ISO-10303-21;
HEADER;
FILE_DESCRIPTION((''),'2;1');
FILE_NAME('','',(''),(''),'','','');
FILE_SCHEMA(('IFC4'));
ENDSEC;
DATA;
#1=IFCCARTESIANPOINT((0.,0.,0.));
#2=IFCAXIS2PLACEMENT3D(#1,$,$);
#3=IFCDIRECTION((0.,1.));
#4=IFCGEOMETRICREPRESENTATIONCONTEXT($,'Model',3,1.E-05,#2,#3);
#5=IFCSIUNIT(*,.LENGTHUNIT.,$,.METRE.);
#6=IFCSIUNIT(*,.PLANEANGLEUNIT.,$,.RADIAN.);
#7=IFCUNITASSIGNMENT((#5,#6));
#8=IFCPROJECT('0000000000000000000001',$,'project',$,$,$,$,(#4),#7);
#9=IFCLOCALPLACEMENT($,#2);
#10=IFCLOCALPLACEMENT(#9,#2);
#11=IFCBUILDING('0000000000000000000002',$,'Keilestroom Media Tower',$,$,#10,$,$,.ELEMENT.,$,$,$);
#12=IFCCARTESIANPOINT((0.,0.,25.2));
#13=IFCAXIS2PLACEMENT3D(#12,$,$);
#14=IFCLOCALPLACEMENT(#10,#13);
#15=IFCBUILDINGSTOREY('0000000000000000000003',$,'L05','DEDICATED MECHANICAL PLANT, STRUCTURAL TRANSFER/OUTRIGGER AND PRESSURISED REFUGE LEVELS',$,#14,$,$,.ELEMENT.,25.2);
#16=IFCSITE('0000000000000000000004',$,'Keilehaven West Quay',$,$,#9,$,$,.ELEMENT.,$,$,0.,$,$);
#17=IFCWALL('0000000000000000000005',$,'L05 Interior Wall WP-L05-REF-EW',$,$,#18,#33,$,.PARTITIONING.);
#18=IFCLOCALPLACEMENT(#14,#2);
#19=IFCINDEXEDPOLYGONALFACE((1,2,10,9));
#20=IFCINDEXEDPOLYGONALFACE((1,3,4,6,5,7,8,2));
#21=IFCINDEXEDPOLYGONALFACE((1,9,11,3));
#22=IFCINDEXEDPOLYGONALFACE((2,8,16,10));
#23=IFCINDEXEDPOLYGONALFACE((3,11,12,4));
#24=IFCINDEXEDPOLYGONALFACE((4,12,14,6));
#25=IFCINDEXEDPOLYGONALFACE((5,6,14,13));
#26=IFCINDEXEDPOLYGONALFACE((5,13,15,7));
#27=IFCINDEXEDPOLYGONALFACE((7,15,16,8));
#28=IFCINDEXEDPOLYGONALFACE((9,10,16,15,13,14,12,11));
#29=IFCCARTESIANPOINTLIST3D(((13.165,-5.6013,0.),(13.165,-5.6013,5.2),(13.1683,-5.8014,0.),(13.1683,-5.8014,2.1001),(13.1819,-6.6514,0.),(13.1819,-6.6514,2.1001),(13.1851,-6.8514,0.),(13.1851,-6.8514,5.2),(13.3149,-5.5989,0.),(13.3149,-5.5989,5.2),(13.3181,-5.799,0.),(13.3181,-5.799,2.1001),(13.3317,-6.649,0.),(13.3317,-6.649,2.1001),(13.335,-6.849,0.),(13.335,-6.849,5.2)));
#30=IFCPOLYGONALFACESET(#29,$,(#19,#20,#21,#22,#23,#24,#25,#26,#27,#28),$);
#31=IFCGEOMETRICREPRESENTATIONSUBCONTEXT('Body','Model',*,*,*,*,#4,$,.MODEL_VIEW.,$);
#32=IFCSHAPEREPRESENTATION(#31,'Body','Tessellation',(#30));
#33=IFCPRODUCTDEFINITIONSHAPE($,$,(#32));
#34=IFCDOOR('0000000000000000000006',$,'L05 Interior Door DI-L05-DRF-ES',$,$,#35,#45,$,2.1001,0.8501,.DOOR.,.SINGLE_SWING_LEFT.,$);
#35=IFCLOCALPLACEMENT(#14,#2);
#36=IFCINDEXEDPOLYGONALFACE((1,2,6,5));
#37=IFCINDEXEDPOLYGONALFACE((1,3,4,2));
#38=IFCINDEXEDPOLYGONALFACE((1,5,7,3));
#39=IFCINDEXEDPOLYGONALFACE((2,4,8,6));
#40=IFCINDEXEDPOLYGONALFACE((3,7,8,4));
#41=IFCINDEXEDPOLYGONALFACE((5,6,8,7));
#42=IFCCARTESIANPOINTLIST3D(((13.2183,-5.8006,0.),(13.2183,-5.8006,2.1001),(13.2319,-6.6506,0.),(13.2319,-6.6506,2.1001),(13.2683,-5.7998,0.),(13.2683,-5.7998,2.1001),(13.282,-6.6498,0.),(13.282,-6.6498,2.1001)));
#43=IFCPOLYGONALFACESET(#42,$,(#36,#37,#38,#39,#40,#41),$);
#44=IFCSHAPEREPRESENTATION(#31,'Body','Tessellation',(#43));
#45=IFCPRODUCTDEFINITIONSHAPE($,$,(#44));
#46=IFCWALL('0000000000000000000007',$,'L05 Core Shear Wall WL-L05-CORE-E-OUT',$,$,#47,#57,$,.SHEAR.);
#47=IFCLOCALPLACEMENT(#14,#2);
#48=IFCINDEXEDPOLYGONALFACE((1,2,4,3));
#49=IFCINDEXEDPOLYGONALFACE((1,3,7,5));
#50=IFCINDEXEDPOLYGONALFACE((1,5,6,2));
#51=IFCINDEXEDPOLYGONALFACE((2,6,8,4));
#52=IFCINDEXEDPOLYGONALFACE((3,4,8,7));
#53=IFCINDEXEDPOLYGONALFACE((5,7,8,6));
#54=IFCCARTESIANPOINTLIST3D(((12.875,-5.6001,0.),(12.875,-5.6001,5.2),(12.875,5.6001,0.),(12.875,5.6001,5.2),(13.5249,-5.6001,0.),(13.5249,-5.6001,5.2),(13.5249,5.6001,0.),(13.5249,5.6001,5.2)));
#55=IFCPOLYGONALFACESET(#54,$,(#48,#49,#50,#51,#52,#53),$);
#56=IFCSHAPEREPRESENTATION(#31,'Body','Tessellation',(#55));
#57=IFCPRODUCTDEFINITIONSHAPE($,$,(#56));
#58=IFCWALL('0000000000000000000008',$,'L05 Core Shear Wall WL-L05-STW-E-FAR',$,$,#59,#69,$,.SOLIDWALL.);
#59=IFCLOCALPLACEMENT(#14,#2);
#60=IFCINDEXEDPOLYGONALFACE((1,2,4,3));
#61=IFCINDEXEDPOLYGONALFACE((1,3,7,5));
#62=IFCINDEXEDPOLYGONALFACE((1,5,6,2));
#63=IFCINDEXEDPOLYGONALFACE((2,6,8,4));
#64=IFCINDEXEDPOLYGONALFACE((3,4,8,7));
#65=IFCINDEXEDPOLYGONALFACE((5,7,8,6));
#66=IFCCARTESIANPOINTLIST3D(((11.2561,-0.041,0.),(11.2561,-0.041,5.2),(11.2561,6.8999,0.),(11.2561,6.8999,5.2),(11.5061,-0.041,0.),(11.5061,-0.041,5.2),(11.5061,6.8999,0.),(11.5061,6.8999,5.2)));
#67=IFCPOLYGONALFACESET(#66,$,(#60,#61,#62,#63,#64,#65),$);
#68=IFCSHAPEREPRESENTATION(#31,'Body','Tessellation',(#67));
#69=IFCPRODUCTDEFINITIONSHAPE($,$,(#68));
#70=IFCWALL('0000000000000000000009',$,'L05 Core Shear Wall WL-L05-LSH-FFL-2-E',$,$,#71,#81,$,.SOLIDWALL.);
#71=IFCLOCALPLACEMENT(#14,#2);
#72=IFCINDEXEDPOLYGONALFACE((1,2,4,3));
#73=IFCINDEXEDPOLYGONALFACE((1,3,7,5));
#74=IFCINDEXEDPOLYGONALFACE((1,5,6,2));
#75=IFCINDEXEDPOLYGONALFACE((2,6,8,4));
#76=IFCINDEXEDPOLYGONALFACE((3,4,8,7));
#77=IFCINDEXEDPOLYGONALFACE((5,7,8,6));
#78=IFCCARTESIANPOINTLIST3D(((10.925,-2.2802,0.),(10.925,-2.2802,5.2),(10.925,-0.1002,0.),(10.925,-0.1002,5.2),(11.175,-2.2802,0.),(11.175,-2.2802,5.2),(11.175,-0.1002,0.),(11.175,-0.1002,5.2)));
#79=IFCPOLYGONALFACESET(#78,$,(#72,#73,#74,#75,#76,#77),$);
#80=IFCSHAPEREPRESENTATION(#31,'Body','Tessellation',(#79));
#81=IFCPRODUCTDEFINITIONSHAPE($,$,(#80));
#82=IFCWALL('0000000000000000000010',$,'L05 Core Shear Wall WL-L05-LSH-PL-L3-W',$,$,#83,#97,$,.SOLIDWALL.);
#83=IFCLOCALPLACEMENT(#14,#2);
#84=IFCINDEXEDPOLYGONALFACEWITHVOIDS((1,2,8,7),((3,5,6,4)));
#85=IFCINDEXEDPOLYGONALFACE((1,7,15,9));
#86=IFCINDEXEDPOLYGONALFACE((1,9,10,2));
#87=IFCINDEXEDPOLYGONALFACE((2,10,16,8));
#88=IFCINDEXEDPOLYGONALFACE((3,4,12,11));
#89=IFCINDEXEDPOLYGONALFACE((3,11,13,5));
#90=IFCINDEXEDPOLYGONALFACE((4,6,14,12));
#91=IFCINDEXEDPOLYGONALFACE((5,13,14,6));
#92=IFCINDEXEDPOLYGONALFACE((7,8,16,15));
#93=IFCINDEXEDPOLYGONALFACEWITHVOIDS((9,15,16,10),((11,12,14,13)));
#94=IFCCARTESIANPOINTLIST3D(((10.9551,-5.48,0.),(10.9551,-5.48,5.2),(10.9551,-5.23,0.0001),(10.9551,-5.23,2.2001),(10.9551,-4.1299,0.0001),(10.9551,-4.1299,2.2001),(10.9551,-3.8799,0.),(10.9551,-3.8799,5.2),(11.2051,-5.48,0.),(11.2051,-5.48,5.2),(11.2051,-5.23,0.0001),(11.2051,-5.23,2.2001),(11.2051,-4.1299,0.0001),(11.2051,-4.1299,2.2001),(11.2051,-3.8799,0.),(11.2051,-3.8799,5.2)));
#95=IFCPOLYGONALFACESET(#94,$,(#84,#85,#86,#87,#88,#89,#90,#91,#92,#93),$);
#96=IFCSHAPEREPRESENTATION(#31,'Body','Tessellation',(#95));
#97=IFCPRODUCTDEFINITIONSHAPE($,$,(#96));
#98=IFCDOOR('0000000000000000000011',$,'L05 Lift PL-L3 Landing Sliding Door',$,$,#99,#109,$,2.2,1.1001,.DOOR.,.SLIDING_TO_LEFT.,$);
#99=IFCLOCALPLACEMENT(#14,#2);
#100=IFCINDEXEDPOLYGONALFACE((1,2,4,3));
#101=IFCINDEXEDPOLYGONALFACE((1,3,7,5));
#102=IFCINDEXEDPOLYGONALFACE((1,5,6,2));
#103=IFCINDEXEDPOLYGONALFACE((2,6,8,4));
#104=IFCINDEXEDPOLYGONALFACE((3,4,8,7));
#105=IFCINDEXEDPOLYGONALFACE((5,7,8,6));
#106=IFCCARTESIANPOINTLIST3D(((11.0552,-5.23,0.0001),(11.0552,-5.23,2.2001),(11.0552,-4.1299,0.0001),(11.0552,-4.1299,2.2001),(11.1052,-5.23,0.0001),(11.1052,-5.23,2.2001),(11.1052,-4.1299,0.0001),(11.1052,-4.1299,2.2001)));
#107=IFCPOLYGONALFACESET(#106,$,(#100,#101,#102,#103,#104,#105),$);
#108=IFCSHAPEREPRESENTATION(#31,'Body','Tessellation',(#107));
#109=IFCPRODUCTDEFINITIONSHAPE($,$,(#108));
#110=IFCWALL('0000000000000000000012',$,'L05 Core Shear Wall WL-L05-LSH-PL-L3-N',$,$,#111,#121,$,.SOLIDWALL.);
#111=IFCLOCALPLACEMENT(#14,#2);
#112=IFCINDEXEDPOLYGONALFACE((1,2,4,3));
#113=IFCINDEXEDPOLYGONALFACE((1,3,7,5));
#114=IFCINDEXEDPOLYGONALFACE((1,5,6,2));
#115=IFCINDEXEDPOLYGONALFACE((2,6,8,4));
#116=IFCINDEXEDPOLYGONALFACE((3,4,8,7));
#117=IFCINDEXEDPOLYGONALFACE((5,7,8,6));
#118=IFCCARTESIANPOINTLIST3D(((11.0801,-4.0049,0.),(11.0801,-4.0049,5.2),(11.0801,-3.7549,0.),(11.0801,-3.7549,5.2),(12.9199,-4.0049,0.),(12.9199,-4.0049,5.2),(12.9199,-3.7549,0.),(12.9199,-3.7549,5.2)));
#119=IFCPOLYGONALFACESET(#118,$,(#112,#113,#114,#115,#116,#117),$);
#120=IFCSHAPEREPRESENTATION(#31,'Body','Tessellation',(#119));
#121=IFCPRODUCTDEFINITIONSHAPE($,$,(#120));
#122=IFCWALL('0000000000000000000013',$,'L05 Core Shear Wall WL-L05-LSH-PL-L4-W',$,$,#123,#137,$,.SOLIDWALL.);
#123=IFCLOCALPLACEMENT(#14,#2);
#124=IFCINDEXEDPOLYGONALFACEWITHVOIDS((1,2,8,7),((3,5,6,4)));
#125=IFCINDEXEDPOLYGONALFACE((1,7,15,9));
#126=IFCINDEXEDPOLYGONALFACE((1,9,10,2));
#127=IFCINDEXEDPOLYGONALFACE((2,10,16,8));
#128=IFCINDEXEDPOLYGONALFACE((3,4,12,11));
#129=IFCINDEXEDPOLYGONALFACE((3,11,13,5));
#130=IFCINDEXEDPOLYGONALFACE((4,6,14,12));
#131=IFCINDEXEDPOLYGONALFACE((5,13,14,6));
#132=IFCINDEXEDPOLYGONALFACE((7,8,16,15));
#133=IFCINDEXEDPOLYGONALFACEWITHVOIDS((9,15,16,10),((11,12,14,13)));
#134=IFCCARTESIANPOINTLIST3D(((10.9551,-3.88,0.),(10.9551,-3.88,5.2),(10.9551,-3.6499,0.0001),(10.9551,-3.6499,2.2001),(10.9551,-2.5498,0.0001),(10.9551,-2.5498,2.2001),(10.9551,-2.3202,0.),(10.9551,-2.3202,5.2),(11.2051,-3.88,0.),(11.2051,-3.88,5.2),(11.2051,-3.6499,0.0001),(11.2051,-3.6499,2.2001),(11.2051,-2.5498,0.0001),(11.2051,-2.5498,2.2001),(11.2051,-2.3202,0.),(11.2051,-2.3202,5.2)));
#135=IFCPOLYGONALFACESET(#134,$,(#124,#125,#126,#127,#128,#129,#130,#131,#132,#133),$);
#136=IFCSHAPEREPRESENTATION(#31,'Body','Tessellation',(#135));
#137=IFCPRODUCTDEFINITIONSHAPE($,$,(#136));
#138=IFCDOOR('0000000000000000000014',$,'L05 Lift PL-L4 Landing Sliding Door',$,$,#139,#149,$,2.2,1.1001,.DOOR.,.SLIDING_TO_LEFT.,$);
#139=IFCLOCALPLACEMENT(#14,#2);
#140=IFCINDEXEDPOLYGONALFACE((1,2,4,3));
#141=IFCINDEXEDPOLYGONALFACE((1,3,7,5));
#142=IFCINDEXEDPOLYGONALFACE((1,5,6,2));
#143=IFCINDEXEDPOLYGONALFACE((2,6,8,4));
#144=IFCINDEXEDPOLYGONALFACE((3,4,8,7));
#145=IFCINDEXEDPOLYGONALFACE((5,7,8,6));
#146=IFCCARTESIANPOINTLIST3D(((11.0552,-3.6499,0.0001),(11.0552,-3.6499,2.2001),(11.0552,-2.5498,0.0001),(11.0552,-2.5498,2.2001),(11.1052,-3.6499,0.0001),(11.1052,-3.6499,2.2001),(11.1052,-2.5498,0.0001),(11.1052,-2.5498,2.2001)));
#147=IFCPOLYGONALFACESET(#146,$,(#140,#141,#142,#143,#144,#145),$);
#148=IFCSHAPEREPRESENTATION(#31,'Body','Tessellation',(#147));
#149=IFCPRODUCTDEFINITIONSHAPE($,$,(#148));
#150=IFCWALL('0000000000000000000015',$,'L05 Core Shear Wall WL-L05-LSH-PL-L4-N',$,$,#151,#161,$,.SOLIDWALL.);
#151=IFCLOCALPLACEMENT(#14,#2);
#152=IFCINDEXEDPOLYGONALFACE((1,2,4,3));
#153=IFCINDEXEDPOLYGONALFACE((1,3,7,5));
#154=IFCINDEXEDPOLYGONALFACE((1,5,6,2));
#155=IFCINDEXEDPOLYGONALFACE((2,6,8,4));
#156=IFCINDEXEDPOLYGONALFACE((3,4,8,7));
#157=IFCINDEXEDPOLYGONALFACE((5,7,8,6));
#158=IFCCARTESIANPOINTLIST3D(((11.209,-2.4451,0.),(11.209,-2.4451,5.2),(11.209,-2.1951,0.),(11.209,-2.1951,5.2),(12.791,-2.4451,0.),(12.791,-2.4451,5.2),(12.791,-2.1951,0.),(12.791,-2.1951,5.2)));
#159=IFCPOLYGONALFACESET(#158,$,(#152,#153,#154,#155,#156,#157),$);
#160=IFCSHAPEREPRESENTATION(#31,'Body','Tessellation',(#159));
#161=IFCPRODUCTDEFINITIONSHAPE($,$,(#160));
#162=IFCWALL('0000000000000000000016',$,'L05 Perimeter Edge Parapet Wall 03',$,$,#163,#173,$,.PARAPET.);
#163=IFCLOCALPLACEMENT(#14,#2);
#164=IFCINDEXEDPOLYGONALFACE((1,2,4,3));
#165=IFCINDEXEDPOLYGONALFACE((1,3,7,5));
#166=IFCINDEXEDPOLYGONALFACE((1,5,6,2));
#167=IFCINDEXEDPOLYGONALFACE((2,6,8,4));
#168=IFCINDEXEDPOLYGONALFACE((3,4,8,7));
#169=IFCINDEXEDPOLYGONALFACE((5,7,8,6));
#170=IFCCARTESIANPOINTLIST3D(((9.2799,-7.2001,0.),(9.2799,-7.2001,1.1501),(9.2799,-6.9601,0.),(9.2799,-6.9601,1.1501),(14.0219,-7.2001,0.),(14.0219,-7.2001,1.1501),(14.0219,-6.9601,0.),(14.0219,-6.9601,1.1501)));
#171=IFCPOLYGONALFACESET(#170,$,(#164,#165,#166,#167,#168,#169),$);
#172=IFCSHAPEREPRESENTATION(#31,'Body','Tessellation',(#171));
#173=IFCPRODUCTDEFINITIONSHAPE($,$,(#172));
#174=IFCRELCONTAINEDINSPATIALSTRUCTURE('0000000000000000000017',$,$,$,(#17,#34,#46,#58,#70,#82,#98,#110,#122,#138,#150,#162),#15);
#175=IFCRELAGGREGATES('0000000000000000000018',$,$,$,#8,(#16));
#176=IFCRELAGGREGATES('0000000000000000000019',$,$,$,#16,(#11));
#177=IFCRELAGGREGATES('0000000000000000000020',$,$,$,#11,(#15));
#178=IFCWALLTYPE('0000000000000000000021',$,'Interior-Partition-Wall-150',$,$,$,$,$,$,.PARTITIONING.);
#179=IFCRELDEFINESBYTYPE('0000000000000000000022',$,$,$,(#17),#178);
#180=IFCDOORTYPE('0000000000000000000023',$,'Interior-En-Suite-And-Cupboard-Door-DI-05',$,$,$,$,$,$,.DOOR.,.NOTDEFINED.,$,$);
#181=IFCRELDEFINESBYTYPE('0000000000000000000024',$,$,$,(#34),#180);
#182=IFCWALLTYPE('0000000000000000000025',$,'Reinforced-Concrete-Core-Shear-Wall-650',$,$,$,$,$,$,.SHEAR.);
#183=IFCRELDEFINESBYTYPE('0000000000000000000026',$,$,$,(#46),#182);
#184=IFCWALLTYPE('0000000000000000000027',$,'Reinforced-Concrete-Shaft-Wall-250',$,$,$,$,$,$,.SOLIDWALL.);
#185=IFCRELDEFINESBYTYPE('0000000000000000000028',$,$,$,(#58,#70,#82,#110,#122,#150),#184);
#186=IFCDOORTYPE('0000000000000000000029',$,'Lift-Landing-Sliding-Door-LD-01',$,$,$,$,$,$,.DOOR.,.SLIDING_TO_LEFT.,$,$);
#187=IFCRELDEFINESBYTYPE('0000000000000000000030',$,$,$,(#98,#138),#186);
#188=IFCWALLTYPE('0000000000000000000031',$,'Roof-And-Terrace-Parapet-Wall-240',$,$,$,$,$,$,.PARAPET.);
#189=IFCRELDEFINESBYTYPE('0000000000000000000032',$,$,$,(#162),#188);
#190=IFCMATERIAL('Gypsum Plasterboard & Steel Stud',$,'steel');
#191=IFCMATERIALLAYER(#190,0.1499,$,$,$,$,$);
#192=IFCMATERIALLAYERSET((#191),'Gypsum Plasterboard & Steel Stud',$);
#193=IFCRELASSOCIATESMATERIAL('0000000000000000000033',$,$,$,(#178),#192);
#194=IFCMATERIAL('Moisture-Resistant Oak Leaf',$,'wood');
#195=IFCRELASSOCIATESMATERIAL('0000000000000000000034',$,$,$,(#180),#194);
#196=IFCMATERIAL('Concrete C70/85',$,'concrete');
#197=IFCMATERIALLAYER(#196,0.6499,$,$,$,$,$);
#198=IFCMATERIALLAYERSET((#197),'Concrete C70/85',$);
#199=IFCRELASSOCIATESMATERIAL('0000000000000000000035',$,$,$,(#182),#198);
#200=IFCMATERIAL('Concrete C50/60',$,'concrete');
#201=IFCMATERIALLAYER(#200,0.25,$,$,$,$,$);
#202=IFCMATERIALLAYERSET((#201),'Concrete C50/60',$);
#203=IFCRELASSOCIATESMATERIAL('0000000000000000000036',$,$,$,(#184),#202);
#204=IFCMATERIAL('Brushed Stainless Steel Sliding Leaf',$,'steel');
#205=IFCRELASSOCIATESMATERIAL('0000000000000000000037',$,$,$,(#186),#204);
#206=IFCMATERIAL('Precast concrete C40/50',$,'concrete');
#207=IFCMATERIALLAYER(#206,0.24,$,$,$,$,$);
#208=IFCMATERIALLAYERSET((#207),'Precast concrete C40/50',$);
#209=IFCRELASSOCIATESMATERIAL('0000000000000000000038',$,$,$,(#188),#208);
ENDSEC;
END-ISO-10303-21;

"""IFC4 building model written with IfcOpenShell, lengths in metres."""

from ifc_helpers import new_model, si_unit, direction, frame, frame_2d, origin, place, context, subcontext, project, spatial, rectangle, extrude, source, transform, mapped, material, layer, layer_set, type_object, element, fill, save


model = new_model("IFC4")

# Units and contexts
model_context = context("Model", 3, precision=1e-05, world=origin(), true_north=direction((0.0, 1.0)))
body_context = subcontext(model_context, "Body", "Model", "MODEL_VIEW")
ifc_project = project(units=[si_unit("LENGTHUNIT", "METRE"), si_unit("PLANEANGLEUNIT", "RADIAN")], contexts=[model_context])

# Site, building, storey
site_placement = place(None, origin())
site = spatial("IfcSite", under=ifc_project, at=site_placement, Name="Keilehaven West Quay", CompositionType="ELEMENT", RefElevation=0.0)
building_placement = place(site_placement, origin())
building = spatial("IfcBuilding", under=site, at=building_placement, Name="Keilestroom Media Tower", CompositionType="ELEMENT")
storey_placement = place(building_placement, frame((0.0, 0.0, 25.2)))
storey = spatial("IfcBuildingStorey", under=building, at=storey_placement, Name="L05", Description="DEDICATED MECHANICAL PLANT, STRUCTURAL TRANSFER/OUTRIGGER AND PRESSURISED REFUGE LEVELS", CompositionType="ELEMENT", Elevation=25.2)

# Shared definitions
ifc_material_1 = material(Name="Precast concrete C40/50", Category="concrete")
ifc_material_2 = material(Name="Concrete C70/85", Category="concrete")

# Wall, opening, door
ifc_material_3 = material(Name="Gypsum Plasterboard & Steel Stud", Category="steel")
ifc_layer_1 = layer(ifc_material_3, 0.1499)
ifc_layer_set_1 = layer_set([ifc_layer_1], Name="Gypsum Plasterboard & Steel Stud")
wall_type_1 = type_object("IfcWallType", Name="Interior-Partition-Wall-150", PredefinedType="PARTITIONING", material=ifc_layer_set_1)
wall_1_placement = place(storey_placement, frame((13.26, -6.8501, 0.0), z_axis=(0.0, 0.0, 1.0), x_axis=(-0.016014, 0.999872, 0.0)))
wall_1 = element("IfcWall", 1, at=wall_1_placement, inside=storey, type_object=wall_type_1, Name="L05 Interior Wall WP-L05-REF-EW", PredefinedType="PARTITIONING", context=body_context, shape_type="SweptSolid", body=[
    extrude(rectangle(XDim=1.2502, YDim=0.1499, at=frame_2d((0.625, 0.0))), origin(), (0.0, 0.0, 1.0), 5.2),
])
opening_1_placement = place(wall_1_placement, frame((0.2, 0.0, 0.0)))
opening_1 = element("IfcOpeningElement", 2, at=opening_1_placement, cuts=wall_1, PredefinedType="OPENING", context=body_context, shape_type="SweptSolid", body=[
    extrude(rectangle(XDim=0.8501, YDim=2.1001, at=frame_2d((0.425, 1.05))), frame((0.0, 0.085, 0.0), z_axis=(0.0, -1.0, 0.0), x_axis=(1.0, 0.0, 0.0)), (0.0, 0.0, 1.0), 0.1699),
])
ifc_material_4 = material(Name="Moisture-Resistant Oak Leaf", Category="wood")
door_type_1 = type_object("IfcDoorType", Name="Interior-En-Suite-And-Cupboard-Door-DI-05", OperationType="NOTDEFINED", PredefinedType="DOOR", material=ifc_material_4)
shared_shape_1 = source(origin(), body_context, "Body", "SweptSolid", [
    extrude(rectangle(XDim=0.8501, YDim=2.1001, at=frame_2d((0.425, 1.05))), frame((0.0, 0.0249, 0.0), z_axis=(0.0, -1.0, 0.0), x_axis=(1.0, 0.0, 0.0)), (0.0, 0.0, 1.0), 0.05),
])
door_1_placement = place(opening_1_placement, origin())
door_1 = element("IfcDoor", 3, at=door_1_placement, inside=storey, type_object=door_type_1, Name="L05 Interior Door DI-L05-DRF-ES", OperationType="SINGLE_SWING_LEFT", OverallHeight=2.1001, OverallWidth=0.8501, PredefinedType="DOOR", context=body_context, shape_type="MappedRepresentation", body=[
    mapped(shared_shape_1, transform((0.0, 0.0, 0.0), x_axis=(1.0, 0.0, 0.0), y_axis=(0.0, 1.0, 0.0), z_axis=(0.0, 0.0, 1.0), scale=1.0)),
])
fill(opening_1, door_1)

# Walls
ifc_layer_2 = layer(ifc_material_2, 0.6499)
ifc_layer_set_2 = layer_set([ifc_layer_2], Name="Concrete C70/85")
wall_type_2 = type_object("IfcWallType", Name="Reinforced-Concrete-Core-Shear-Wall-650", PredefinedType="SHEAR", material=ifc_layer_set_2)
wall_2_placement = place(storey_placement, frame((13.2, -5.6001, 0.0), z_axis=(0.0, 0.0, 1.0), x_axis=(0.0, 1.0, 0.0)))
element("IfcWall", 4, at=wall_2_placement, inside=storey, type_object=wall_type_2, Name="L05 Core Shear Wall WL-L05-CORE-E-OUT", PredefinedType="SHEAR", context=body_context, shape_type="SweptSolid", body=[
    extrude(rectangle(XDim=11.2002, YDim=0.6499, at=frame_2d((5.6001, 0.0))), origin(), (0.0, 0.0, 1.0), 5.2),
])
ifc_material_5 = material(Name="Concrete C50/60", Category="concrete")
ifc_layer_3 = layer(ifc_material_5, 0.25)
ifc_layer_set_3 = layer_set([ifc_layer_3], Name="Concrete C50/60")
wall_type_3 = type_object("IfcWallType", Name="Reinforced-Concrete-Shaft-Wall-250", PredefinedType="SOLIDWALL", material=ifc_layer_set_3)
wall_3_placement = place(storey_placement, frame((11.3811, -0.041, 0.0), z_axis=(0.0, 0.0, 1.0), x_axis=(0.0, 1.0, 0.0)))
element("IfcWall", 5, at=wall_3_placement, inside=storey, type_object=wall_type_3, Name="L05 Core Shear Wall WL-L05-STW-E-FAR", PredefinedType="SOLIDWALL", context=body_context, shape_type="SweptSolid", body=[
    extrude(rectangle(XDim=6.9409, YDim=0.25, at=frame_2d((3.4705, 0.0))), origin(), (0.0, 0.0, 1.0), 5.2),
])
wall_4_placement = place(storey_placement, frame((11.05, -2.28, 0.0), z_axis=(0.0, 0.0, 1.0), x_axis=(0.0, 1.0, 0.0)))
element("IfcWall", 6, at=wall_4_placement, inside=storey, type_object=wall_type_3, Name="L05 Core Shear Wall WL-L05-LSH-FFL-2-E", PredefinedType="SOLIDWALL", context=body_context, shape_type="SweptSolid", body=[
    extrude(rectangle(XDim=2.1799, YDim=0.25, at=frame_2d((1.0898, 0.0))), origin(), (0.0, 0.0, 1.0), 5.2),
])

# Wall, opening, door
wall_5_placement = place(storey_placement, frame((11.0801, -5.48, 0.0), z_axis=(0.0, 0.0, 1.0), x_axis=(0.0, 1.0, 0.0)))
wall_5 = element("IfcWall", 7, at=wall_5_placement, inside=storey, type_object=wall_type_3, Name="L05 Core Shear Wall WL-L05-LSH-PL-L3-W", PredefinedType="SOLIDWALL", context=body_context, shape_type="SweptSolid", body=[
    extrude(rectangle(XDim=1.6001, YDim=0.25, at=frame_2d((0.8, 0.0))), origin(), (0.0, 0.0, 1.0), 5.2),
])
opening_2_placement = place(wall_5_placement, frame((0.25, 0.0, 0.0)))
opening_2 = element("IfcOpeningElement", 8, at=opening_2_placement, cuts=wall_5, PredefinedType="OPENING", context=body_context, shape_type="SweptSolid", body=[
    extrude(rectangle(XDim=1.1001, YDim=2.2, at=frame_2d((0.55, 1.1001))), frame((0.0, 0.135, 0.0), z_axis=(0.0, -1.0, 0.0), x_axis=(1.0, 0.0, 0.0)), (0.0, 0.0, 1.0), 0.27),
])
ifc_material_6 = material(Name="Brushed Stainless Steel Sliding Leaf", Category="steel")
door_type_2 = type_object("IfcDoorType", Name="Lift-Landing-Sliding-Door-LD-01", OperationType="SLIDING_TO_LEFT", PredefinedType="DOOR", material=ifc_material_6)
shared_shape_2 = source(origin(), body_context, "Body", "SweptSolid", [
    extrude(rectangle(XDim=1.1001, YDim=2.2, at=frame_2d((0.55, 1.1001))), frame((0.0, 0.0249, 0.0), z_axis=(0.0, -1.0, 0.0), x_axis=(1.0, 0.0, 0.0)), (0.0, 0.0, 1.0), 0.05),
])
door_2_placement = place(opening_2_placement, origin())
door_2 = element("IfcDoor", 9, at=door_2_placement, inside=storey, type_object=door_type_2, Name="L05 Lift PL-L3 Landing Sliding Door", OperationType="SLIDING_TO_LEFT", OverallHeight=2.2, OverallWidth=1.1001, PredefinedType="DOOR", context=body_context, shape_type="MappedRepresentation", body=[
    mapped(shared_shape_2, transform((0.0, 0.0, 0.0), x_axis=(1.0, 0.0, 0.0), y_axis=(0.0, 1.0, 0.0), z_axis=(0.0, 0.0, 1.0), scale=1.0)),
])
fill(opening_2, door_2)

# Wall
wall_6_placement = place(storey_placement, frame((11.0801, -3.8799, 0.0), z_axis=(0.0, 0.0, 1.0), x_axis=(1.0, 0.0, 0.0)))
element("IfcWall", 10, at=wall_6_placement, inside=storey, type_object=wall_type_3, Name="L05 Core Shear Wall WL-L05-LSH-PL-L3-N", PredefinedType="SOLIDWALL", context=body_context, shape_type="SweptSolid", body=[
    extrude(rectangle(XDim=1.8398, YDim=0.25, at=frame_2d((0.9199, 0.0))), origin(), (0.0, 0.0, 1.0), 5.2),
])

# Wall, opening, door
wall_7_placement = place(storey_placement, frame((11.0801, -3.8799, 0.0), z_axis=(0.0, 0.0, 1.0), x_axis=(0.0, 1.0, 0.0)))
wall_7 = element("IfcWall", 11, at=wall_7_placement, inside=storey, type_object=wall_type_3, Name="L05 Core Shear Wall WL-L05-LSH-PL-L4-W", PredefinedType="SOLIDWALL", context=body_context, shape_type="SweptSolid", body=[
    extrude(rectangle(XDim=1.5598, YDim=0.25, at=frame_2d((0.7798, 0.0))), origin(), (0.0, 0.0, 1.0), 5.2),
])
opening_3_placement = place(wall_7_placement, frame((0.23, 0.0, 0.0)))
opening_3 = element("IfcOpeningElement", 12, at=opening_3_placement, cuts=wall_7, PredefinedType="OPENING", context=body_context, shape_type="SweptSolid", body=[
    extrude(rectangle(XDim=1.1001, YDim=2.2, at=frame_2d((0.55, 1.1001))), frame((0.0, 0.135, 0.0), z_axis=(0.0, -1.0, 0.0), x_axis=(1.0, 0.0, 0.0)), (0.0, 0.0, 1.0), 0.27),
])
door_3_placement = place(opening_3_placement, origin())
door_3 = element("IfcDoor", 13, at=door_3_placement, inside=storey, type_object=door_type_2, Name="L05 Lift PL-L4 Landing Sliding Door", OperationType="SLIDING_TO_LEFT", OverallHeight=2.2, OverallWidth=1.1001, PredefinedType="DOOR", context=body_context, shape_type="MappedRepresentation", body=[
    mapped(shared_shape_2, transform((0.0, 0.0, 0.0), x_axis=(1.0, 0.0, 0.0), y_axis=(0.0, 1.0, 0.0), z_axis=(0.0, 0.0, 1.0), scale=1.0)),
])
fill(opening_3, door_3)

# Walls
wall_8_placement = place(storey_placement, frame((11.209, -2.3201, 0.0), z_axis=(0.0, 0.0, 1.0), x_axis=(1.0, 0.0, 0.0)))
element("IfcWall", 14, at=wall_8_placement, inside=storey, type_object=wall_type_3, Name="L05 Core Shear Wall WL-L05-LSH-PL-L4-N", PredefinedType="SOLIDWALL", context=body_context, shape_type="SweptSolid", body=[
    extrude(rectangle(XDim=1.582, YDim=0.25, at=frame_2d((0.791, 0.0))), origin(), (0.0, 0.0, 1.0), 5.2),
])
ifc_layer_4 = layer(ifc_material_1, 0.24)
ifc_layer_set_4 = layer_set([ifc_layer_4], Name="Precast concrete C40/50")
wall_type_4 = type_object("IfcWallType", Name="Roof-And-Terrace-Parapet-Wall-240", PredefinedType="PARAPET", material=ifc_layer_set_4)
wall_9_placement = place(storey_placement, frame((14.022, -7.0801, 0.0), z_axis=(0.0, 0.0, 1.0), x_axis=(-1.0, 0.0, 0.0)))
element("IfcWall", 15, at=wall_9_placement, inside=storey, type_object=wall_type_4, Name="L05 Perimeter Edge Parapet Wall 03", PredefinedType="PARAPET", context=body_context, shape_type="SweptSolid", body=[
    extrude(rectangle(XDim=4.7419, YDim=0.24, at=frame_2d((2.3711, 0.0))), origin(), (0.0, 0.0, 1.0), 1.1501),
])

save(model, "model.ifc")
